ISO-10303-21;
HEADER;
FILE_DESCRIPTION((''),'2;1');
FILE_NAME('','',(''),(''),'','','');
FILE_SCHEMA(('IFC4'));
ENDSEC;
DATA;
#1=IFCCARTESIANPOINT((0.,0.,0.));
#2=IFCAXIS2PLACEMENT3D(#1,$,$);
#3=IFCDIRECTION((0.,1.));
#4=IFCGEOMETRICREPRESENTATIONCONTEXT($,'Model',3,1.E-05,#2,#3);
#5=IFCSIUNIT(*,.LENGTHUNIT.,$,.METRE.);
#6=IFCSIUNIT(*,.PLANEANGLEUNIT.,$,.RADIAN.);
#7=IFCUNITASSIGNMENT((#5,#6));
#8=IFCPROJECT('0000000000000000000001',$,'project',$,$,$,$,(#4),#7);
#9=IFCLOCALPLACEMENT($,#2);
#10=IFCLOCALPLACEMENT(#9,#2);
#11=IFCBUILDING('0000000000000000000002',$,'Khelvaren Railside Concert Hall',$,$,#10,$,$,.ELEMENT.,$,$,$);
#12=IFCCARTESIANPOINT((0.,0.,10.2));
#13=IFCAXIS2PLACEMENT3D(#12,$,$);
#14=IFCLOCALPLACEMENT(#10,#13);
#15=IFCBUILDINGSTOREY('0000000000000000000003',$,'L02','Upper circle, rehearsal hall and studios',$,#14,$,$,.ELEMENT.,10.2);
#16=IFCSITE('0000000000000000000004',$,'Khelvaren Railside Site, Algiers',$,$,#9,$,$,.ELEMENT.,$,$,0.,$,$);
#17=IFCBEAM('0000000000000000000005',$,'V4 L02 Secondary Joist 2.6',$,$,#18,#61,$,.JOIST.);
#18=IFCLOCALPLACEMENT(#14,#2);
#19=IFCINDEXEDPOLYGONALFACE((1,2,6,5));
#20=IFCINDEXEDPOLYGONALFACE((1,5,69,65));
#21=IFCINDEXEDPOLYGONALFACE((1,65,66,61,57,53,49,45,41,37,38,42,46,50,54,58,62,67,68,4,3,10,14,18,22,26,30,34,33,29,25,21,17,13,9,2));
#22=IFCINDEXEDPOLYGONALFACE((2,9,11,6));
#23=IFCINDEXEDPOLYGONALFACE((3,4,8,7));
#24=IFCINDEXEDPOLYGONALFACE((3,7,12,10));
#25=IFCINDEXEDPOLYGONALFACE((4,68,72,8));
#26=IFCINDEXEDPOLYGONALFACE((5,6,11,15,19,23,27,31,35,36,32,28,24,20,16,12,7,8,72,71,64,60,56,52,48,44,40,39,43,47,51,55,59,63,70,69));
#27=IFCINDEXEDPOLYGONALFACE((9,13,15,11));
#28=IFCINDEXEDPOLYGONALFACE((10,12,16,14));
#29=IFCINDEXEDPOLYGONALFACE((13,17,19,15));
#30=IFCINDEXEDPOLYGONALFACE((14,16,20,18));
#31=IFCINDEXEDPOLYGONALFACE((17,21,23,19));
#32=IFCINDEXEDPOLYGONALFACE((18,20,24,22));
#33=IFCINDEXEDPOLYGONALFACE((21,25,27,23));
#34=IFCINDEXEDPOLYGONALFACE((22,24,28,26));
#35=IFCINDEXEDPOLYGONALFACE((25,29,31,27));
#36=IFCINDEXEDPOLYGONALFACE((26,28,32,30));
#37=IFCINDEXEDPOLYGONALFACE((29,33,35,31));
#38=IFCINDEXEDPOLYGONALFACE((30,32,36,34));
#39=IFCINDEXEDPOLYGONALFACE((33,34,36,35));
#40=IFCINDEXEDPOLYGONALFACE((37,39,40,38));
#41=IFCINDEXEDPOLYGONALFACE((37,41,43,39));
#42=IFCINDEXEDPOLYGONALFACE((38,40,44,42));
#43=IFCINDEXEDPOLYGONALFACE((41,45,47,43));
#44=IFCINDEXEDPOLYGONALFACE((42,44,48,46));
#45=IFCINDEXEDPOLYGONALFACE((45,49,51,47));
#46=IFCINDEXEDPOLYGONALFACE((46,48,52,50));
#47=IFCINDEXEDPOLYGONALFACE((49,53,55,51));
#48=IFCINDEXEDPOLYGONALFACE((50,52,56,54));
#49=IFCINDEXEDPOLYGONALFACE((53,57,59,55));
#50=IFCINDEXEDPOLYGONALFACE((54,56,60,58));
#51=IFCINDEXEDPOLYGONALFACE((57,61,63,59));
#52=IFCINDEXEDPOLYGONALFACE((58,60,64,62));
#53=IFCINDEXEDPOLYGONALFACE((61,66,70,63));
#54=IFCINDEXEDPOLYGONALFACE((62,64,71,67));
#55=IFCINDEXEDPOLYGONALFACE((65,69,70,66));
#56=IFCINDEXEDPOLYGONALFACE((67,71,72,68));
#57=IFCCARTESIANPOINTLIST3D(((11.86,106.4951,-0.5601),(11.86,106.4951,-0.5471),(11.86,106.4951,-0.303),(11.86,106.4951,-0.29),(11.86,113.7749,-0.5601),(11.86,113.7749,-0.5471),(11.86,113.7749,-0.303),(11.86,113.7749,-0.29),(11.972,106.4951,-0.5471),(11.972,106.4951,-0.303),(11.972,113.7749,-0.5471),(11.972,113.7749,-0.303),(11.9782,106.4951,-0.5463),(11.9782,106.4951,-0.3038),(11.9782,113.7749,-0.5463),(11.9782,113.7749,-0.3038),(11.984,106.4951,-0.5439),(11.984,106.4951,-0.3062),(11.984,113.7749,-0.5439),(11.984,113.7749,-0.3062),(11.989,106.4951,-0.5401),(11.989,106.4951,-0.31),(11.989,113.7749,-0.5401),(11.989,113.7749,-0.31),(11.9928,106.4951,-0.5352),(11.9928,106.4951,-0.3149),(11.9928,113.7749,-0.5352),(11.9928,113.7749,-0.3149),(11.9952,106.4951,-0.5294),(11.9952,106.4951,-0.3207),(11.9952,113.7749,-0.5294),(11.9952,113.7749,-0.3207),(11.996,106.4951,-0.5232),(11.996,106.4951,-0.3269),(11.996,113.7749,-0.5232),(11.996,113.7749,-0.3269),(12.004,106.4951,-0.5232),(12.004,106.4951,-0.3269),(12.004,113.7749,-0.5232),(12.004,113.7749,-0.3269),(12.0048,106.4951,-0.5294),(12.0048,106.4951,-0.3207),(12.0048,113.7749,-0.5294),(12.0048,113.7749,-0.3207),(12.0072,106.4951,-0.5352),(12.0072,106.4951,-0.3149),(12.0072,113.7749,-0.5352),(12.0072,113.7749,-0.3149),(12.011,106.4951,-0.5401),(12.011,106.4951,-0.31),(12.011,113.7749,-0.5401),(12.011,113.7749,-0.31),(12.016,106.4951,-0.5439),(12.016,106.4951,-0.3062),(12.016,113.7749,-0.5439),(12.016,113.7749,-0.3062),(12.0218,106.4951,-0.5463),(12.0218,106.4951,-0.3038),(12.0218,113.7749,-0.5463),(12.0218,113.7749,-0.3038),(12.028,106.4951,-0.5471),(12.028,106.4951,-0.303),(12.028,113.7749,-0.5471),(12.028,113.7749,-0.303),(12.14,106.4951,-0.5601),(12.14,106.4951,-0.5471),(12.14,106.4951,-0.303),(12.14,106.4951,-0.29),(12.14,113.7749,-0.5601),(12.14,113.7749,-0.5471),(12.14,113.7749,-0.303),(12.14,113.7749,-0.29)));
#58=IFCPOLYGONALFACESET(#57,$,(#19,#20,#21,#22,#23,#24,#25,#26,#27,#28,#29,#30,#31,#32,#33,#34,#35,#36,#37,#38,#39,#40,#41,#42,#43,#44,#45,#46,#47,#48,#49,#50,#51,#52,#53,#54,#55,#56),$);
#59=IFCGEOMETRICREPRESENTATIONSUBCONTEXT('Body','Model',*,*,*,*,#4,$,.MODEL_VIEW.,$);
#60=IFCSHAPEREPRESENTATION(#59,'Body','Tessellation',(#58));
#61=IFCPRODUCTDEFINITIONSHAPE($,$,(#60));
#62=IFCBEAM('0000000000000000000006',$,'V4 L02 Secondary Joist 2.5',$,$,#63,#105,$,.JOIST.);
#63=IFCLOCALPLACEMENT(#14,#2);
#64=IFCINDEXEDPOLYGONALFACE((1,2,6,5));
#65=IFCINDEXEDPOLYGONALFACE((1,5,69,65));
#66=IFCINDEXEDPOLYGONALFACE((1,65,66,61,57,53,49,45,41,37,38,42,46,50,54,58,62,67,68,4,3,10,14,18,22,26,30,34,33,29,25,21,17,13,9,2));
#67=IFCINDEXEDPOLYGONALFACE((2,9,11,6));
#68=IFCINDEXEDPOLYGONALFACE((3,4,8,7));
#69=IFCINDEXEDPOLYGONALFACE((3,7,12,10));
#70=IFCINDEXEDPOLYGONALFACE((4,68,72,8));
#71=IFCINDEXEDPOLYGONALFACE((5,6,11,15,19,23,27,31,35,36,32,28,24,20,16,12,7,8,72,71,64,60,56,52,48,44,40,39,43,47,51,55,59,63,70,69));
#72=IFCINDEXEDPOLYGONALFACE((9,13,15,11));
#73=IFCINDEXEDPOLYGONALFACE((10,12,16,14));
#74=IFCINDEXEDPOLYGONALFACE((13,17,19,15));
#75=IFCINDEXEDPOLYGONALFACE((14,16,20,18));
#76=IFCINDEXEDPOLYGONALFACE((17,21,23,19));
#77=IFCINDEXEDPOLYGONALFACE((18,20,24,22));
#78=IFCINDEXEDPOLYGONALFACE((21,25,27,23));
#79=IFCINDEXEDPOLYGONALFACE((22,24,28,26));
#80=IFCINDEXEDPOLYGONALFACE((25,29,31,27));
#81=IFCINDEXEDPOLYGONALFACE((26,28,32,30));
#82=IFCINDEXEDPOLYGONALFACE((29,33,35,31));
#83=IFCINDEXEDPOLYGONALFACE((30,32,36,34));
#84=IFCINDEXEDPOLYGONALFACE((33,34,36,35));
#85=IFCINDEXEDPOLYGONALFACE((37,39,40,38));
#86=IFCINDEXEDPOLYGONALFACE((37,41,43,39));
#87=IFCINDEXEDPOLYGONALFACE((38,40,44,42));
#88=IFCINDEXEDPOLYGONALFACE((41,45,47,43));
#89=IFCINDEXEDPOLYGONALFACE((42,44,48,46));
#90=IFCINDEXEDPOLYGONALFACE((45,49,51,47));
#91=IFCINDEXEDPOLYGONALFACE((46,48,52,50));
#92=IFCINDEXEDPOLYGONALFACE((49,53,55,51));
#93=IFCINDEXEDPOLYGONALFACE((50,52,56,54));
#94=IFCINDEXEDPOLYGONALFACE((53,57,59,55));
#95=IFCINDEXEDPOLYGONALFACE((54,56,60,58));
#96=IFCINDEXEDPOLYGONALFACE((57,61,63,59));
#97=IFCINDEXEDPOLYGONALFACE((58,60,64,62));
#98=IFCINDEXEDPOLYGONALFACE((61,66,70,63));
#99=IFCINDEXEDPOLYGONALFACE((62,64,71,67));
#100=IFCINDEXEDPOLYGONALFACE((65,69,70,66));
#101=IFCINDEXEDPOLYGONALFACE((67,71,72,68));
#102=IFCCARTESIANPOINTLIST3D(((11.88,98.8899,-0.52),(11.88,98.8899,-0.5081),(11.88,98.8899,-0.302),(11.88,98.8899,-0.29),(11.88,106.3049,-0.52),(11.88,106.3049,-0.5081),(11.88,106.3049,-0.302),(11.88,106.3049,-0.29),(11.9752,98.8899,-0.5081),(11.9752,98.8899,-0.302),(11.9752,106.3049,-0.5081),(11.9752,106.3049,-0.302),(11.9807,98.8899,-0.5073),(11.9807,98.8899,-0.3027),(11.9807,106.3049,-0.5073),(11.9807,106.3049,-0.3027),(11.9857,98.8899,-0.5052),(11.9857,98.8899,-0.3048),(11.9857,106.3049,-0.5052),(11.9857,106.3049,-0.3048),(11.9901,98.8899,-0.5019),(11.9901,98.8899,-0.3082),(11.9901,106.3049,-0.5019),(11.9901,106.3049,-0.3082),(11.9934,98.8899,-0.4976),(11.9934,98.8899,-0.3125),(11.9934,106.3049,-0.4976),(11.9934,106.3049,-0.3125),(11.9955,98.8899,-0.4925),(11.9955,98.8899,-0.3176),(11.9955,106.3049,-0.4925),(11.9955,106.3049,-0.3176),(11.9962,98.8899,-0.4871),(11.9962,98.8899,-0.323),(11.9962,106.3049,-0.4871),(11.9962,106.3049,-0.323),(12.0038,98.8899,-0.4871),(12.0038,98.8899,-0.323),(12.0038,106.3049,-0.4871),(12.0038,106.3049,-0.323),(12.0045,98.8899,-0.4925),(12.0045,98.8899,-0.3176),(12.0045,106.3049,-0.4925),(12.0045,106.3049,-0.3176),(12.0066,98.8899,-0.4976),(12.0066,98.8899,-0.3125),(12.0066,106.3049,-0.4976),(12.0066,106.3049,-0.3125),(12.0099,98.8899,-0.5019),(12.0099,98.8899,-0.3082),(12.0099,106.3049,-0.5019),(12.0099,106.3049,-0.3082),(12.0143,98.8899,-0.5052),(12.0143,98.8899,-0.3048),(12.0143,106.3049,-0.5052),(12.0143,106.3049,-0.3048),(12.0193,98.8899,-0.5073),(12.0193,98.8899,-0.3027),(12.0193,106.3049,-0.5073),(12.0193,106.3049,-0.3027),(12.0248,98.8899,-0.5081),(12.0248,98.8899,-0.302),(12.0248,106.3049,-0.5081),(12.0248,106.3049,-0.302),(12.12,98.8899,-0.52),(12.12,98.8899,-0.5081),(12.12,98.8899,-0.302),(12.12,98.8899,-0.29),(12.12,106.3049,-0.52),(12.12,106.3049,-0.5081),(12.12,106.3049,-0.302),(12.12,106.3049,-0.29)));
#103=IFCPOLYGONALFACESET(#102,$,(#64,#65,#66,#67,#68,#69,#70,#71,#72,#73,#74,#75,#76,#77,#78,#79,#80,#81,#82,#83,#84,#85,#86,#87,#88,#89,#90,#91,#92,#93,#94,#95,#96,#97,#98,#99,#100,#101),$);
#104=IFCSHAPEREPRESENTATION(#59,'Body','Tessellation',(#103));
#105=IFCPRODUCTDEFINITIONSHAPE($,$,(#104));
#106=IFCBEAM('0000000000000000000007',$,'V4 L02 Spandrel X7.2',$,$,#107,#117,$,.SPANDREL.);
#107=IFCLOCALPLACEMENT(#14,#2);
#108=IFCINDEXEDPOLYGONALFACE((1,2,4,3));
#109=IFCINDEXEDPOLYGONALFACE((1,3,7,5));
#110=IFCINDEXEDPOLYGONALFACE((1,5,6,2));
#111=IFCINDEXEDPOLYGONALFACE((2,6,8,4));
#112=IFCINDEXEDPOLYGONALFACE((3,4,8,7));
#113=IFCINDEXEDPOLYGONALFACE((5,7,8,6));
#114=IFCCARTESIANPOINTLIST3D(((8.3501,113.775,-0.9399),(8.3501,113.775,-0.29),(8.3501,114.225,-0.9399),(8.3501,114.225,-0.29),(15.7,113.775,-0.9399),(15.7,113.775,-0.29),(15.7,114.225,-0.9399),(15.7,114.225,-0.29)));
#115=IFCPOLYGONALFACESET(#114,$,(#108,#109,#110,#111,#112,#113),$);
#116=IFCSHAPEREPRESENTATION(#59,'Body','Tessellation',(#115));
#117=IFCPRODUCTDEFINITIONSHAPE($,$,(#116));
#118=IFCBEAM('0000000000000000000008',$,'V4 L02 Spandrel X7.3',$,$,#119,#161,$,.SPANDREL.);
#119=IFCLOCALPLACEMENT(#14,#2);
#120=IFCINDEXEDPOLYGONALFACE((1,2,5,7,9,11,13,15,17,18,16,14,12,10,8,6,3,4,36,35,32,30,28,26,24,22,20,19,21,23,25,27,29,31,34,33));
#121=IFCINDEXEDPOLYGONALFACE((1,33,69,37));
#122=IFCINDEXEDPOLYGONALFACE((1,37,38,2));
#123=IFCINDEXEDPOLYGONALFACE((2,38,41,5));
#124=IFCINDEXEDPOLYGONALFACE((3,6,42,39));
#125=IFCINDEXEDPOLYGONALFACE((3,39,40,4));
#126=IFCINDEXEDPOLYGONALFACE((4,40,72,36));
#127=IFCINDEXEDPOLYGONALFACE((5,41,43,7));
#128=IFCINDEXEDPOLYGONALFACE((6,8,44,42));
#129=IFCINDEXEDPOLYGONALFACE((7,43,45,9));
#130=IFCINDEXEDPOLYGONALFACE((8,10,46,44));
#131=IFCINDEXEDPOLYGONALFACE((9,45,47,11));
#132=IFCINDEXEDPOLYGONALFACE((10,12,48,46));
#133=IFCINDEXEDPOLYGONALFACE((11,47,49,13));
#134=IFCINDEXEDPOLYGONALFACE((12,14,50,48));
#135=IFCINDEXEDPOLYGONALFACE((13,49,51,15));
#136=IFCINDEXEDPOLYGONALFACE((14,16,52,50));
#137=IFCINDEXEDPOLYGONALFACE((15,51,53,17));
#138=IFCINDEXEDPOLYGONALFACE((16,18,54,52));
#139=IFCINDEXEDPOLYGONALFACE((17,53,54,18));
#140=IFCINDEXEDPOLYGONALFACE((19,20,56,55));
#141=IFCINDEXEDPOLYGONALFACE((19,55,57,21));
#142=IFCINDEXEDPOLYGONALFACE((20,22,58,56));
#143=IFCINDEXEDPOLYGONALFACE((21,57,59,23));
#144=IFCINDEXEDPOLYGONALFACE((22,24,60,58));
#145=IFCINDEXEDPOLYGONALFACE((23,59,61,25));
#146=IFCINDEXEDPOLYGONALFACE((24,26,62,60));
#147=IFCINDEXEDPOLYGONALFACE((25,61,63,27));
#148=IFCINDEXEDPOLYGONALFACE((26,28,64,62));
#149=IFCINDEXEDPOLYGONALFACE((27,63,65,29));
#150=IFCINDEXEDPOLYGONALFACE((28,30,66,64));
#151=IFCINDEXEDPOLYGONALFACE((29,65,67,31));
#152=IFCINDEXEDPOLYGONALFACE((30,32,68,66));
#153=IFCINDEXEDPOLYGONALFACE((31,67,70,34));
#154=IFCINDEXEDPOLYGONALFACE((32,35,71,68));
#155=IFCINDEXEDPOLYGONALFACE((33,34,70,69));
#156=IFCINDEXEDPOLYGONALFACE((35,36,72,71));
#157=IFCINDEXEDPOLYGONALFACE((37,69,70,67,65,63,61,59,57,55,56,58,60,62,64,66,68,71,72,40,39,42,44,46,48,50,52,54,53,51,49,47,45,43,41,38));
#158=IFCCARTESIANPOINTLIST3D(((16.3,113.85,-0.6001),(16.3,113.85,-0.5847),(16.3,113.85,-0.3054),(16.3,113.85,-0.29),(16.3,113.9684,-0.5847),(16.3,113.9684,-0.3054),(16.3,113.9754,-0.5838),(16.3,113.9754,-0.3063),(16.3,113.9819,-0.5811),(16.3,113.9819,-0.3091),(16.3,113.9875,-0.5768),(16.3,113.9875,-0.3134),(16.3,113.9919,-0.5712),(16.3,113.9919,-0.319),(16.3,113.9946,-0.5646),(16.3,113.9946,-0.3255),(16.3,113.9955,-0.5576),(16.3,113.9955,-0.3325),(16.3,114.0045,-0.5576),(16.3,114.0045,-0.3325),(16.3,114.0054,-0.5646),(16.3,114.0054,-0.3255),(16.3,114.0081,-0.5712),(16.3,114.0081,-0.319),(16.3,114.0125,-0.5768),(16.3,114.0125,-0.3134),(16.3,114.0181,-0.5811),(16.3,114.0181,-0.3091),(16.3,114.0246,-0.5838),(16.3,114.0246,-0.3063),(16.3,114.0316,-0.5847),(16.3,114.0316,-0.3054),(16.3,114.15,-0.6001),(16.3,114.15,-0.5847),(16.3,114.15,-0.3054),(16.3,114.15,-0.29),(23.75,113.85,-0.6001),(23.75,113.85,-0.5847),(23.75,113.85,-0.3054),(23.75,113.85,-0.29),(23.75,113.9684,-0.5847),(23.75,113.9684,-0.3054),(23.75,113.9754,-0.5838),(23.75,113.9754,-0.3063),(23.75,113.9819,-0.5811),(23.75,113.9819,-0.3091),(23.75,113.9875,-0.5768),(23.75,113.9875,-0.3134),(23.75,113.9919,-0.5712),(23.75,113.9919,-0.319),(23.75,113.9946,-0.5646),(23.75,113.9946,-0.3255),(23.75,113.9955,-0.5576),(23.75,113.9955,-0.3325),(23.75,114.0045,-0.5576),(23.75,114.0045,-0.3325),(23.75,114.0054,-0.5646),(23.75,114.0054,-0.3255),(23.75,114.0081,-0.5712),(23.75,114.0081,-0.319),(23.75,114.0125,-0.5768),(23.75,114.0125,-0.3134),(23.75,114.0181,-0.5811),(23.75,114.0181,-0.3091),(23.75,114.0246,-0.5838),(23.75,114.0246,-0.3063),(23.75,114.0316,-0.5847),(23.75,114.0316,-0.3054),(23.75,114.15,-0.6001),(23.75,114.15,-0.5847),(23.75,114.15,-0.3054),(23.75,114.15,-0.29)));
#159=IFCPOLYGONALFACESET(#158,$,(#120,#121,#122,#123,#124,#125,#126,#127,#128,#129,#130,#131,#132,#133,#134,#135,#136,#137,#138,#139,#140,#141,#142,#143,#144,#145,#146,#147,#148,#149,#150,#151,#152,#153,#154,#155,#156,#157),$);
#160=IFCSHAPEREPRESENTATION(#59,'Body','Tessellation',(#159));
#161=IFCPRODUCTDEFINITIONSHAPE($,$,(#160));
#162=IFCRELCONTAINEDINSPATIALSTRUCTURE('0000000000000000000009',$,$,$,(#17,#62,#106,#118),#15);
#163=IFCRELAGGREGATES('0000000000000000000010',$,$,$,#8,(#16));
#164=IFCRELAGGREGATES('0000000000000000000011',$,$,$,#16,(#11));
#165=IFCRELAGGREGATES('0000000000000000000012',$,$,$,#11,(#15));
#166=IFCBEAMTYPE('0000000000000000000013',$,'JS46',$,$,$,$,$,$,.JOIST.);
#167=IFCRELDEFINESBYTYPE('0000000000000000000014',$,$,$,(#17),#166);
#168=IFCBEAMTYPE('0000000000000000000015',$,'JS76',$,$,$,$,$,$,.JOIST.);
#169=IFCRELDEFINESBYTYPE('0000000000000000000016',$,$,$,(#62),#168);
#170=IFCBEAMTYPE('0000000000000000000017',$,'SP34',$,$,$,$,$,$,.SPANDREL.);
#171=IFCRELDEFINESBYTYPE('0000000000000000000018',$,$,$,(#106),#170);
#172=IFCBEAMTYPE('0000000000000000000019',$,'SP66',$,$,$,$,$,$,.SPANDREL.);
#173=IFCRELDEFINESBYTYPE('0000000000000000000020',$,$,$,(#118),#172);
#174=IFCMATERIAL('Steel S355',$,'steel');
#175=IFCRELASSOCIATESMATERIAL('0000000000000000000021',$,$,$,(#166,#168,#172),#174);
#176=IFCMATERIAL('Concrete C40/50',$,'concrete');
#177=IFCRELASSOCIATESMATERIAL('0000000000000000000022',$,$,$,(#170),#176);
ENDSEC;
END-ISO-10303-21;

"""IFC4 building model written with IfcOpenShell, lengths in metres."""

from ifc_helpers import new_model, si_unit, direction, frame, origin, origin_2d, place, context, subcontext, project, spatial, rectangle, i_section, extrude, material, material_profile, profile_set, type_object, element, save


model = new_model("IFC4")

# Units and contexts
model_context = context("Model", 3, precision=1e-05, world=origin(), true_north=direction((0.0, 1.0)))
body_context = subcontext(model_context, "Body", "Model", "MODEL_VIEW")
ifc_project = project(units=[si_unit("LENGTHUNIT", "METRE"), si_unit("PLANEANGLEUNIT", "RADIAN")], contexts=[model_context])

# Site, building, storey
site_placement = place(None, origin())
site = spatial("IfcSite", under=ifc_project, at=site_placement, Name="Khelvaren Railside Site, Algiers", CompositionType="ELEMENT", RefElevation=0.0)
building_placement = place(site_placement, origin())
building = spatial("IfcBuilding", under=site, at=building_placement, Name="Khelvaren Railside Concert Hall", CompositionType="ELEMENT")
storey_placement = place(building_placement, frame((0.0, 0.0, 10.2)))
storey = spatial("IfcBuildingStorey", under=building, at=storey_placement, Name="L02", Description="Upper circle, rehearsal hall and studios", CompositionType="ELEMENT", Elevation=10.2)

# Beams
ifc_material_1 = material(Name="Steel S355", Category="steel")
ifc_material_profile_1 = material_profile(ifc_material_1, i_section(OverallWidth=0.28, OverallDepth=0.27, WebThickness=0.0081, FlangeThickness=0.0129, FilletRadius=0.0239, at=origin_2d()), Name="HEA 280")
ifc_profile_set_1 = profile_set([ifc_material_profile_1], Name="Steel S355")
beam_type_1 = type_object("IfcBeamType", Name="JS46", PredefinedType="JOIST", material=ifc_profile_set_1)
beam_1_placement = place(storey_placement, frame((12.0, 106.4951, -0.425), z_axis=(0.0, 1.0, 0.0), x_axis=(-1.0, 0.0, 0.0)))
element("IfcBeam", 1, at=beam_1_placement, inside=storey, type_object=beam_type_1, Name="V4 L02 Secondary Joist 2.6", PredefinedType="JOIST", context=body_context, shape_type="SweptSolid", body=[
    extrude(i_section(OverallWidth=0.28, OverallDepth=0.27, WebThickness=0.0081, FlangeThickness=0.0129, FilletRadius=0.0239, at=origin_2d()), origin(), (0.0, 0.0, 1.0), 7.2798),
])
ifc_material_profile_2 = material_profile(ifc_material_1, i_section(OverallWidth=0.24, OverallDepth=0.23, WebThickness=0.0076, FlangeThickness=0.012, FilletRadius=0.021, at=origin_2d()), Name="HEA 240")
ifc_profile_set_2 = profile_set([ifc_material_profile_2], Name="Steel S355")
beam_type_2 = type_object("IfcBeamType", Name="JS76", PredefinedType="JOIST", material=ifc_profile_set_2)
beam_2_placement = place(storey_placement, frame((12.0, 98.8899, -0.405), z_axis=(0.0, 1.0, 0.0), x_axis=(-1.0, 0.0, 0.0)))
element("IfcBeam", 2, at=beam_2_placement, inside=storey, type_object=beam_type_2, Name="V4 L02 Secondary Joist 2.5", PredefinedType="JOIST", context=body_context, shape_type="SweptSolid", body=[
    extrude(i_section(OverallWidth=0.24, OverallDepth=0.23, WebThickness=0.0076, FlangeThickness=0.012, FilletRadius=0.021, at=origin_2d()), origin(), (0.0, 0.0, 1.0), 7.415),
])
ifc_material_2 = material(Name="Concrete C40/50", Category="concrete")
ifc_material_profile_3 = material_profile(ifc_material_2, rectangle(XDim=0.45, YDim=0.6499, at=origin_2d()), Name="RCB 450x650")
ifc_profile_set_3 = profile_set([ifc_material_profile_3], Name="Concrete C40/50")
beam_type_3 = type_object("IfcBeamType", Name="SP34", PredefinedType="SPANDREL", material=ifc_profile_set_3)
beam_3_placement = place(storey_placement, frame((8.3501, 114.0, -0.615), z_axis=(1.0, 0.0, 0.0), x_axis=(0.0, 1.0, 0.0)))
element("IfcBeam", 3, at=beam_3_placement, inside=storey, type_object=beam_type_3, Name="V4 L02 Spandrel X7.2", PredefinedType="SPANDREL", context=body_context, shape_type="SweptSolid", body=[
    extrude(rectangle(XDim=0.45, YDim=0.6499, at=origin_2d()), origin(), (0.0, 0.0, 1.0), 7.3499),
])
ifc_material_profile_4 = material_profile(ifc_material_1, i_section(OverallWidth=0.3, OverallDepth=0.3101, WebThickness=0.009, FlangeThickness=0.0154, FilletRadius=0.0271, at=origin_2d()), Name="HEA 320")
ifc_profile_set_4 = profile_set([ifc_material_profile_4], Name="Steel S355")
beam_type_4 = type_object("IfcBeamType", Name="SP66", PredefinedType="SPANDREL", material=ifc_profile_set_4)
beam_4_placement = place(storey_placement, frame((16.3, 114.0, -0.4451), z_axis=(1.0, 0.0, 0.0), x_axis=(0.0, 1.0, 0.0)))
element("IfcBeam", 4, at=beam_4_placement, inside=storey, type_object=beam_type_4, Name="V4 L02 Spandrel X7.3", PredefinedType="SPANDREL", context=body_context, shape_type="SweptSolid", body=[
    extrude(i_section(OverallWidth=0.3, OverallDepth=0.3101, WebThickness=0.009, FlangeThickness=0.0154, FilletRadius=0.0271, at=origin_2d()), origin(), (0.0, 0.0, 1.0), 7.45),
])

save(model, "model.ifc")
